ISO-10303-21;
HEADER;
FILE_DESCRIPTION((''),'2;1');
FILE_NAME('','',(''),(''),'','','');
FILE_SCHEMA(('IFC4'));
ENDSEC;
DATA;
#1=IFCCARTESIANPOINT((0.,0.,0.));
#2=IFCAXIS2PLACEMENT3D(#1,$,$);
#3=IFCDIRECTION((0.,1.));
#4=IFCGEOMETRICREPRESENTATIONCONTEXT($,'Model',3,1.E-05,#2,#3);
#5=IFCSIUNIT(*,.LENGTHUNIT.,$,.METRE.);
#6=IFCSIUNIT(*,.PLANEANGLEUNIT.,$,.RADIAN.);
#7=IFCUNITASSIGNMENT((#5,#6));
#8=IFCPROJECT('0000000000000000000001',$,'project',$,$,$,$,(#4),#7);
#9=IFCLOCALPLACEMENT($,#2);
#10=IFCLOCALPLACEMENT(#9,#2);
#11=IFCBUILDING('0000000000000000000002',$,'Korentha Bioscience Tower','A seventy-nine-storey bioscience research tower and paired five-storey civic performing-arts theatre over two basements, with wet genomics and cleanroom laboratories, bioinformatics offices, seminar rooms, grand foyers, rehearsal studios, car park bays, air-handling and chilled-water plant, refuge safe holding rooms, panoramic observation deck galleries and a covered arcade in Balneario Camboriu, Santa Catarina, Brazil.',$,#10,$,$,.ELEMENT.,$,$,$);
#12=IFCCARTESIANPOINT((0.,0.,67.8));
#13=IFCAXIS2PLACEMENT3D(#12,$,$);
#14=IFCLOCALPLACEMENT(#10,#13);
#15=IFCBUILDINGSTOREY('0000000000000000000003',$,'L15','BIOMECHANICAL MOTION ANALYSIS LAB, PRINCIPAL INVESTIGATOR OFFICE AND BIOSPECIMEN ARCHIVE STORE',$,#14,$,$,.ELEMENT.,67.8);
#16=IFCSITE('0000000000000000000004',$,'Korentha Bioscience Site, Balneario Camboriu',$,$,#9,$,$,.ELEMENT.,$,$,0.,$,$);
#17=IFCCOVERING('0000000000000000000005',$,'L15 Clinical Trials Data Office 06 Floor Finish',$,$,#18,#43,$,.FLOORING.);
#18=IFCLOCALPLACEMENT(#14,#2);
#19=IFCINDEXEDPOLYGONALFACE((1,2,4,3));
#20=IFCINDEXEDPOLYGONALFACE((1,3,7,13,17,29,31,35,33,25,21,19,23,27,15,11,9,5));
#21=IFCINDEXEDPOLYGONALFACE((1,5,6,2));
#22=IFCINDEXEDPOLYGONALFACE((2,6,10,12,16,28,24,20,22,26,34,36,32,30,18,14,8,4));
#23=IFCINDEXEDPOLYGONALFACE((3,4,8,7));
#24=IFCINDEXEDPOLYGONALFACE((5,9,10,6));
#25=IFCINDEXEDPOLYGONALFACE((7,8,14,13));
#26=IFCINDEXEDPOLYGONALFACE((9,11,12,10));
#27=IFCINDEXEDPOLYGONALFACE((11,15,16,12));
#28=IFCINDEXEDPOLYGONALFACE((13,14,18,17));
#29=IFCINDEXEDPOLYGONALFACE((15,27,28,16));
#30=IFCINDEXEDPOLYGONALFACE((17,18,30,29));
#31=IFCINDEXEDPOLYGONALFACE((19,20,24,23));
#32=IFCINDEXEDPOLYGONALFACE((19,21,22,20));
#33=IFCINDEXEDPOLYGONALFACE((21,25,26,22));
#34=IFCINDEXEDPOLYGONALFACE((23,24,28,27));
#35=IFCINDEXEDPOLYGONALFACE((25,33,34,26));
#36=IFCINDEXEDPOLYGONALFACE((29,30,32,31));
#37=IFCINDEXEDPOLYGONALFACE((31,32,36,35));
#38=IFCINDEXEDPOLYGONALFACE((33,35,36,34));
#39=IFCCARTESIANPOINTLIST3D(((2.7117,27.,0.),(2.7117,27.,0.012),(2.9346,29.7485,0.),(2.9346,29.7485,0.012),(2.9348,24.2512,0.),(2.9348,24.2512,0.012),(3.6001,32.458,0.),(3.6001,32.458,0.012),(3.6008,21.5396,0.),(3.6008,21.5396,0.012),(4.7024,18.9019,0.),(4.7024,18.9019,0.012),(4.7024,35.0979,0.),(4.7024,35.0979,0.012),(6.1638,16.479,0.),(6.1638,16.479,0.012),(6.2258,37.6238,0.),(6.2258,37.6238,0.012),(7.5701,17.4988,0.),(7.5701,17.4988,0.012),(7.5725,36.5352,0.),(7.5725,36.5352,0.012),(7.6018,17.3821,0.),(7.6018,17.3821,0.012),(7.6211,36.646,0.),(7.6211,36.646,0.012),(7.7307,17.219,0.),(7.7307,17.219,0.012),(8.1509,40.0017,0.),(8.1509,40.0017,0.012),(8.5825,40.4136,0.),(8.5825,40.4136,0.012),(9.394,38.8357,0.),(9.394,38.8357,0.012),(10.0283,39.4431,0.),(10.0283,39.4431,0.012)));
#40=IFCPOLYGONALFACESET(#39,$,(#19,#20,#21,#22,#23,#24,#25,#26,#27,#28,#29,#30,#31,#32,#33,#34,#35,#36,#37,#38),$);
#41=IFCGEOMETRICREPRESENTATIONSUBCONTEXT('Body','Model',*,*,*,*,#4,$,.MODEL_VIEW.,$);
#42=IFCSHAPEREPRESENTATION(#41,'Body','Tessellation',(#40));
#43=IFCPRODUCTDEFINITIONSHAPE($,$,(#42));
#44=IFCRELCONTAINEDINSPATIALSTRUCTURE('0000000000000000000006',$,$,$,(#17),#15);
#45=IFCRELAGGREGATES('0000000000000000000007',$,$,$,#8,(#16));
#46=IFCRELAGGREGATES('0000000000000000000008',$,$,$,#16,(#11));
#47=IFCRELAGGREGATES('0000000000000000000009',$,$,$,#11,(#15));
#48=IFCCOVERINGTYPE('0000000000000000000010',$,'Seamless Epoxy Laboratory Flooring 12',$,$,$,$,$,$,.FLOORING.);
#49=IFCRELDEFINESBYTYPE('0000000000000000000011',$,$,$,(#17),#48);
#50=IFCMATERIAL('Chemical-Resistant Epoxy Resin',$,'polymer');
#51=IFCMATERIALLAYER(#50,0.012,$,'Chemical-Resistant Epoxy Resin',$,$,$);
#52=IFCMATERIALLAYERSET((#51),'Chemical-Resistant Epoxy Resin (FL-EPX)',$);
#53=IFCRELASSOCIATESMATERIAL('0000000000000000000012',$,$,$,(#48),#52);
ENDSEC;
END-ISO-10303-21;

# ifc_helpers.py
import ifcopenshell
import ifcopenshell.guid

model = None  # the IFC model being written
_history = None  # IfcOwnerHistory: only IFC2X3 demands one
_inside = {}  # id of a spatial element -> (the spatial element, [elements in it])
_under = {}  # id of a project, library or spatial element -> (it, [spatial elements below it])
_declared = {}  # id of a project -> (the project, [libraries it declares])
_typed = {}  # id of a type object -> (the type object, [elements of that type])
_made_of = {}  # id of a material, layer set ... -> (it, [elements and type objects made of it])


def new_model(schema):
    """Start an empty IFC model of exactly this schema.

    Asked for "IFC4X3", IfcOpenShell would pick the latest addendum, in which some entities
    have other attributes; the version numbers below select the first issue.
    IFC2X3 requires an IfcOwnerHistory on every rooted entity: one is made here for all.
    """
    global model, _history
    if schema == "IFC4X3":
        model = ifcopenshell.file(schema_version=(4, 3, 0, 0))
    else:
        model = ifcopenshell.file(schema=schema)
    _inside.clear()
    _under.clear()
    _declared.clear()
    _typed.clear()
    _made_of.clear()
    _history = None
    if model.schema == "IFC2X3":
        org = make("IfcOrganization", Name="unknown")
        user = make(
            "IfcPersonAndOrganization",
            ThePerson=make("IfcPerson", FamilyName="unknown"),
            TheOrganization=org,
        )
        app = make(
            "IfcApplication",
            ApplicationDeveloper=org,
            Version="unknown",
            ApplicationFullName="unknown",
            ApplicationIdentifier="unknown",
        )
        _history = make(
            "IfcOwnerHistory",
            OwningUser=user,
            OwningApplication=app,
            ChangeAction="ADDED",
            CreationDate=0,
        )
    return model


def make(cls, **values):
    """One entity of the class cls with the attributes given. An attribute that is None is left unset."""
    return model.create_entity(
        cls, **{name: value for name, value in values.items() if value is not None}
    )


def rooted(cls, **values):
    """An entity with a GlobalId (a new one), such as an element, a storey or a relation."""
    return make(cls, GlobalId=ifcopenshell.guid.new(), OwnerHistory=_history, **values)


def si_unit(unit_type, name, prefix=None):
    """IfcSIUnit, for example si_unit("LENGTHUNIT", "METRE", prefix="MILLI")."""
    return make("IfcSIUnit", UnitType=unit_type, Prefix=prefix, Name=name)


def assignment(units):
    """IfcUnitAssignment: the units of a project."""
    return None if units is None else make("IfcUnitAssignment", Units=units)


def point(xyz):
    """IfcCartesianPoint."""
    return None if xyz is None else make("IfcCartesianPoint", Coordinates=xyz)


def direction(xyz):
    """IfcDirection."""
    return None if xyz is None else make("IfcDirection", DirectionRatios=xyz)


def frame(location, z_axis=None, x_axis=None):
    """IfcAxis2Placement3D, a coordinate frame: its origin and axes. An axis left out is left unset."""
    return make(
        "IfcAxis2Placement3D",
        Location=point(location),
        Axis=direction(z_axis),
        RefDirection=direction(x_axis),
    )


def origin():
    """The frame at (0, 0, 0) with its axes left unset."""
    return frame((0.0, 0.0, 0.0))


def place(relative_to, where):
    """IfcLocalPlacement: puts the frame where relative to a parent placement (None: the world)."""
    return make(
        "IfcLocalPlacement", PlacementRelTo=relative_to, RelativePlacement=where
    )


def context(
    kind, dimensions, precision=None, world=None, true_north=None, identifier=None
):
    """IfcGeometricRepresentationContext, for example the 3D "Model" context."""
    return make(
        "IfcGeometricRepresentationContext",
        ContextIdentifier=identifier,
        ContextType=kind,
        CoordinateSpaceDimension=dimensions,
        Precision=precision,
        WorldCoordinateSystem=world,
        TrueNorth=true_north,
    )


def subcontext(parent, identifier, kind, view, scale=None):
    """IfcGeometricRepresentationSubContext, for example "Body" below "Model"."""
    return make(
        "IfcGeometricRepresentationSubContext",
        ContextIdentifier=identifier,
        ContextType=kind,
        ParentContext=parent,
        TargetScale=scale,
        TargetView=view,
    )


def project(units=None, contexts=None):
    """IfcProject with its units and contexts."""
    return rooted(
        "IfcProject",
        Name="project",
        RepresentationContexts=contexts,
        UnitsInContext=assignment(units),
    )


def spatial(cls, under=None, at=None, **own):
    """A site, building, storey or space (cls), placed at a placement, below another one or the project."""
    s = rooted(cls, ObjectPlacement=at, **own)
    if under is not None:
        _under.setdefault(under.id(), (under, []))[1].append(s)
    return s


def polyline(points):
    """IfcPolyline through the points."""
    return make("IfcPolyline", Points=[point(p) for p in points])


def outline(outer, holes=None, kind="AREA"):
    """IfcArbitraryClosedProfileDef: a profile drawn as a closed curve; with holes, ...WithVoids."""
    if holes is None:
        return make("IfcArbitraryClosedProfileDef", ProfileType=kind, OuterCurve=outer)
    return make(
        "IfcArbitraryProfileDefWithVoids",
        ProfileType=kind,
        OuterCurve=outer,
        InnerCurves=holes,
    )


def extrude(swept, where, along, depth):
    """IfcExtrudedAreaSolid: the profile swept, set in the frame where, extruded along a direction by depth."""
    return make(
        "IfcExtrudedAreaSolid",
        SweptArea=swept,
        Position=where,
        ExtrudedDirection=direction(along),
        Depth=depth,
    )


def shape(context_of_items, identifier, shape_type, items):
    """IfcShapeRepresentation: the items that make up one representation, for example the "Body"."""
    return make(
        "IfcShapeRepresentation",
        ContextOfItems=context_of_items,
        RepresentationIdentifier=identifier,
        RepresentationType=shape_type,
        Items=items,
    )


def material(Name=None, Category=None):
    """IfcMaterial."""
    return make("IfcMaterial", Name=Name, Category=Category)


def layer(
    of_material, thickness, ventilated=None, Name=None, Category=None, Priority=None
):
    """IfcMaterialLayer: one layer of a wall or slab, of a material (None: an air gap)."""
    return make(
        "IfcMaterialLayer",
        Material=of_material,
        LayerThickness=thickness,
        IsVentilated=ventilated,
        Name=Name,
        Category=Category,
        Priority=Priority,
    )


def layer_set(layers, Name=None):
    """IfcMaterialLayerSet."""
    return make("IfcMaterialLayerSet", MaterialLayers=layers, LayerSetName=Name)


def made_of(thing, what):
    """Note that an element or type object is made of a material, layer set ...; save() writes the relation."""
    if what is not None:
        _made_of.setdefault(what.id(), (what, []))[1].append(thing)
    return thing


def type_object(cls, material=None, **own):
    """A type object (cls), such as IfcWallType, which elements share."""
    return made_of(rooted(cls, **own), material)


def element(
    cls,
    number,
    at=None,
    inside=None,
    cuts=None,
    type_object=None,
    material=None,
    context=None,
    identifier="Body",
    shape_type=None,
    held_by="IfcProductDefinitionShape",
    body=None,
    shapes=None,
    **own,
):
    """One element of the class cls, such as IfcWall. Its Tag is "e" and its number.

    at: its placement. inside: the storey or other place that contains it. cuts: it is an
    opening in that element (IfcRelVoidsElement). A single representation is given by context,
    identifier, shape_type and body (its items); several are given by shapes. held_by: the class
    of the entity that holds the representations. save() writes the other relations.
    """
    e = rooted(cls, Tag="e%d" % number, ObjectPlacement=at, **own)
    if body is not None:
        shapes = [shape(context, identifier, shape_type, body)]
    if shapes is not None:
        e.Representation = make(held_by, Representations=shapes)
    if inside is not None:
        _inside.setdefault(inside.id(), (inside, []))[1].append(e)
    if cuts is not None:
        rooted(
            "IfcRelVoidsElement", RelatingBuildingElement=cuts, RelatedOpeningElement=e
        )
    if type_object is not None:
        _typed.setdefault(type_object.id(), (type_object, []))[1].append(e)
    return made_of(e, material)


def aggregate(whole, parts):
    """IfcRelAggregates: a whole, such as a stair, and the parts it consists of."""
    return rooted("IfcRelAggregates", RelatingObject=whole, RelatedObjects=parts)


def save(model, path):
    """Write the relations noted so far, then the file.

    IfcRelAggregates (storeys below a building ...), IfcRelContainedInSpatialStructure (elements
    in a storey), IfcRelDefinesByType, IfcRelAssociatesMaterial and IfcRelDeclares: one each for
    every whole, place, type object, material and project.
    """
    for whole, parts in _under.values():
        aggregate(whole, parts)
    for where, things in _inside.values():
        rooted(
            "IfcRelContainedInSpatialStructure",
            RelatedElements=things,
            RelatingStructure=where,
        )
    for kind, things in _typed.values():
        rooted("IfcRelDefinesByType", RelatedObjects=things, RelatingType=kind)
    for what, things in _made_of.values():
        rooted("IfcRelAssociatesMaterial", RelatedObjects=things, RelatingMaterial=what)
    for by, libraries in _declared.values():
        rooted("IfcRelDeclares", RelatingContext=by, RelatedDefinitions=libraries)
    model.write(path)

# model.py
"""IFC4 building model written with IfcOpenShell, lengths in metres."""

from ifc_helpers import new_model, si_unit, direction, frame, origin, place, context, subcontext, project, spatial, polyline, outline, extrude, material, layer, layer_set, type_object, element, save


model = new_model("IFC4")

# Units and contexts
model_context = context("Model", 3, precision=1e-05, world=origin(), true_north=direction((0.0, 1.0)))
body_context = subcontext(model_context, "Body", "Model", "MODEL_VIEW")
ifc_project = project(units=[si_unit("LENGTHUNIT", "METRE"), si_unit("PLANEANGLEUNIT", "RADIAN")], contexts=[model_context])

# Site, building, storey
site_placement = place(None, origin())
site = spatial("IfcSite", under=ifc_project, at=site_placement, Name="Korentha Bioscience Site, Balneario Camboriu", CompositionType="ELEMENT", RefElevation=0.0)
building_placement = place(site_placement, origin())
building = spatial("IfcBuilding", under=site, at=building_placement, Name="Korentha Bioscience Tower", Description="A seventy-nine-storey bioscience research tower and paired five-storey civic performing-arts theatre over two basements, with wet genomics and cleanroom laboratories, bioinformatics offices, seminar rooms, grand foyers, rehearsal studios, car park bays, air-handling and chilled-water plant, refuge safe holding rooms, panoramic observation deck galleries and a covered arcade in Balneario Camboriu, Santa Catarina, Brazil.", CompositionType="ELEMENT")
storey_placement = place(building_placement, frame((0.0, 0.0, 67.8)))
storey = spatial("IfcBuildingStorey", under=building, at=storey_placement, Name="L15", Description="BIOMECHANICAL MOTION ANALYSIS LAB, PRINCIPAL INVESTIGATOR OFFICE AND BIOSPECIMEN ARCHIVE STORE", CompositionType="ELEMENT", Elevation=67.8)

# Covering
ifc_material_1 = material(Name="Chemical-Resistant Epoxy Resin", Category="polymer")
ifc_layer_1 = layer(ifc_material_1, 0.012, Name="Chemical-Resistant Epoxy Resin")
ifc_layer_set_1 = layer_set([ifc_layer_1], Name="Chemical-Resistant Epoxy Resin (FL-EPX)")
covering_type_1 = type_object("IfcCoveringType", Name="Seamless Epoxy Laboratory Flooring 12", PredefinedType="FLOORING", material=ifc_layer_set_1)
covering_1_placement = place(storey_placement, origin())
element("IfcCovering", 1, at=covering_1_placement, inside=storey, type_object=covering_type_1, Name="L15 Clinical Trials Data Office 06 Floor Finish", PredefinedType="FLOORING", context=body_context, shape_type="SweptSolid", body=[
    extrude(outline(polyline([(2.9346, 29.7485), (3.6001, 32.458), (4.7024, 35.0979), (6.2258, 37.6238), (8.1509, 40.0017), (8.5825, 40.4136), (10.0283, 39.4431), (9.394, 38.8357), (7.6211, 36.646), (7.5725, 36.5352), (7.5701, 17.4988), (7.6018, 17.3821), (7.7307, 17.219), (6.1638, 16.479), (4.7024, 18.9019), (3.6008, 21.5396), (2.9348, 24.2512), (2.7117, 27.0), (2.9346, 29.7485)])), origin(), (0.0, 0.0, 1.0), 0.012),
])

save(model, "model.ifc")
